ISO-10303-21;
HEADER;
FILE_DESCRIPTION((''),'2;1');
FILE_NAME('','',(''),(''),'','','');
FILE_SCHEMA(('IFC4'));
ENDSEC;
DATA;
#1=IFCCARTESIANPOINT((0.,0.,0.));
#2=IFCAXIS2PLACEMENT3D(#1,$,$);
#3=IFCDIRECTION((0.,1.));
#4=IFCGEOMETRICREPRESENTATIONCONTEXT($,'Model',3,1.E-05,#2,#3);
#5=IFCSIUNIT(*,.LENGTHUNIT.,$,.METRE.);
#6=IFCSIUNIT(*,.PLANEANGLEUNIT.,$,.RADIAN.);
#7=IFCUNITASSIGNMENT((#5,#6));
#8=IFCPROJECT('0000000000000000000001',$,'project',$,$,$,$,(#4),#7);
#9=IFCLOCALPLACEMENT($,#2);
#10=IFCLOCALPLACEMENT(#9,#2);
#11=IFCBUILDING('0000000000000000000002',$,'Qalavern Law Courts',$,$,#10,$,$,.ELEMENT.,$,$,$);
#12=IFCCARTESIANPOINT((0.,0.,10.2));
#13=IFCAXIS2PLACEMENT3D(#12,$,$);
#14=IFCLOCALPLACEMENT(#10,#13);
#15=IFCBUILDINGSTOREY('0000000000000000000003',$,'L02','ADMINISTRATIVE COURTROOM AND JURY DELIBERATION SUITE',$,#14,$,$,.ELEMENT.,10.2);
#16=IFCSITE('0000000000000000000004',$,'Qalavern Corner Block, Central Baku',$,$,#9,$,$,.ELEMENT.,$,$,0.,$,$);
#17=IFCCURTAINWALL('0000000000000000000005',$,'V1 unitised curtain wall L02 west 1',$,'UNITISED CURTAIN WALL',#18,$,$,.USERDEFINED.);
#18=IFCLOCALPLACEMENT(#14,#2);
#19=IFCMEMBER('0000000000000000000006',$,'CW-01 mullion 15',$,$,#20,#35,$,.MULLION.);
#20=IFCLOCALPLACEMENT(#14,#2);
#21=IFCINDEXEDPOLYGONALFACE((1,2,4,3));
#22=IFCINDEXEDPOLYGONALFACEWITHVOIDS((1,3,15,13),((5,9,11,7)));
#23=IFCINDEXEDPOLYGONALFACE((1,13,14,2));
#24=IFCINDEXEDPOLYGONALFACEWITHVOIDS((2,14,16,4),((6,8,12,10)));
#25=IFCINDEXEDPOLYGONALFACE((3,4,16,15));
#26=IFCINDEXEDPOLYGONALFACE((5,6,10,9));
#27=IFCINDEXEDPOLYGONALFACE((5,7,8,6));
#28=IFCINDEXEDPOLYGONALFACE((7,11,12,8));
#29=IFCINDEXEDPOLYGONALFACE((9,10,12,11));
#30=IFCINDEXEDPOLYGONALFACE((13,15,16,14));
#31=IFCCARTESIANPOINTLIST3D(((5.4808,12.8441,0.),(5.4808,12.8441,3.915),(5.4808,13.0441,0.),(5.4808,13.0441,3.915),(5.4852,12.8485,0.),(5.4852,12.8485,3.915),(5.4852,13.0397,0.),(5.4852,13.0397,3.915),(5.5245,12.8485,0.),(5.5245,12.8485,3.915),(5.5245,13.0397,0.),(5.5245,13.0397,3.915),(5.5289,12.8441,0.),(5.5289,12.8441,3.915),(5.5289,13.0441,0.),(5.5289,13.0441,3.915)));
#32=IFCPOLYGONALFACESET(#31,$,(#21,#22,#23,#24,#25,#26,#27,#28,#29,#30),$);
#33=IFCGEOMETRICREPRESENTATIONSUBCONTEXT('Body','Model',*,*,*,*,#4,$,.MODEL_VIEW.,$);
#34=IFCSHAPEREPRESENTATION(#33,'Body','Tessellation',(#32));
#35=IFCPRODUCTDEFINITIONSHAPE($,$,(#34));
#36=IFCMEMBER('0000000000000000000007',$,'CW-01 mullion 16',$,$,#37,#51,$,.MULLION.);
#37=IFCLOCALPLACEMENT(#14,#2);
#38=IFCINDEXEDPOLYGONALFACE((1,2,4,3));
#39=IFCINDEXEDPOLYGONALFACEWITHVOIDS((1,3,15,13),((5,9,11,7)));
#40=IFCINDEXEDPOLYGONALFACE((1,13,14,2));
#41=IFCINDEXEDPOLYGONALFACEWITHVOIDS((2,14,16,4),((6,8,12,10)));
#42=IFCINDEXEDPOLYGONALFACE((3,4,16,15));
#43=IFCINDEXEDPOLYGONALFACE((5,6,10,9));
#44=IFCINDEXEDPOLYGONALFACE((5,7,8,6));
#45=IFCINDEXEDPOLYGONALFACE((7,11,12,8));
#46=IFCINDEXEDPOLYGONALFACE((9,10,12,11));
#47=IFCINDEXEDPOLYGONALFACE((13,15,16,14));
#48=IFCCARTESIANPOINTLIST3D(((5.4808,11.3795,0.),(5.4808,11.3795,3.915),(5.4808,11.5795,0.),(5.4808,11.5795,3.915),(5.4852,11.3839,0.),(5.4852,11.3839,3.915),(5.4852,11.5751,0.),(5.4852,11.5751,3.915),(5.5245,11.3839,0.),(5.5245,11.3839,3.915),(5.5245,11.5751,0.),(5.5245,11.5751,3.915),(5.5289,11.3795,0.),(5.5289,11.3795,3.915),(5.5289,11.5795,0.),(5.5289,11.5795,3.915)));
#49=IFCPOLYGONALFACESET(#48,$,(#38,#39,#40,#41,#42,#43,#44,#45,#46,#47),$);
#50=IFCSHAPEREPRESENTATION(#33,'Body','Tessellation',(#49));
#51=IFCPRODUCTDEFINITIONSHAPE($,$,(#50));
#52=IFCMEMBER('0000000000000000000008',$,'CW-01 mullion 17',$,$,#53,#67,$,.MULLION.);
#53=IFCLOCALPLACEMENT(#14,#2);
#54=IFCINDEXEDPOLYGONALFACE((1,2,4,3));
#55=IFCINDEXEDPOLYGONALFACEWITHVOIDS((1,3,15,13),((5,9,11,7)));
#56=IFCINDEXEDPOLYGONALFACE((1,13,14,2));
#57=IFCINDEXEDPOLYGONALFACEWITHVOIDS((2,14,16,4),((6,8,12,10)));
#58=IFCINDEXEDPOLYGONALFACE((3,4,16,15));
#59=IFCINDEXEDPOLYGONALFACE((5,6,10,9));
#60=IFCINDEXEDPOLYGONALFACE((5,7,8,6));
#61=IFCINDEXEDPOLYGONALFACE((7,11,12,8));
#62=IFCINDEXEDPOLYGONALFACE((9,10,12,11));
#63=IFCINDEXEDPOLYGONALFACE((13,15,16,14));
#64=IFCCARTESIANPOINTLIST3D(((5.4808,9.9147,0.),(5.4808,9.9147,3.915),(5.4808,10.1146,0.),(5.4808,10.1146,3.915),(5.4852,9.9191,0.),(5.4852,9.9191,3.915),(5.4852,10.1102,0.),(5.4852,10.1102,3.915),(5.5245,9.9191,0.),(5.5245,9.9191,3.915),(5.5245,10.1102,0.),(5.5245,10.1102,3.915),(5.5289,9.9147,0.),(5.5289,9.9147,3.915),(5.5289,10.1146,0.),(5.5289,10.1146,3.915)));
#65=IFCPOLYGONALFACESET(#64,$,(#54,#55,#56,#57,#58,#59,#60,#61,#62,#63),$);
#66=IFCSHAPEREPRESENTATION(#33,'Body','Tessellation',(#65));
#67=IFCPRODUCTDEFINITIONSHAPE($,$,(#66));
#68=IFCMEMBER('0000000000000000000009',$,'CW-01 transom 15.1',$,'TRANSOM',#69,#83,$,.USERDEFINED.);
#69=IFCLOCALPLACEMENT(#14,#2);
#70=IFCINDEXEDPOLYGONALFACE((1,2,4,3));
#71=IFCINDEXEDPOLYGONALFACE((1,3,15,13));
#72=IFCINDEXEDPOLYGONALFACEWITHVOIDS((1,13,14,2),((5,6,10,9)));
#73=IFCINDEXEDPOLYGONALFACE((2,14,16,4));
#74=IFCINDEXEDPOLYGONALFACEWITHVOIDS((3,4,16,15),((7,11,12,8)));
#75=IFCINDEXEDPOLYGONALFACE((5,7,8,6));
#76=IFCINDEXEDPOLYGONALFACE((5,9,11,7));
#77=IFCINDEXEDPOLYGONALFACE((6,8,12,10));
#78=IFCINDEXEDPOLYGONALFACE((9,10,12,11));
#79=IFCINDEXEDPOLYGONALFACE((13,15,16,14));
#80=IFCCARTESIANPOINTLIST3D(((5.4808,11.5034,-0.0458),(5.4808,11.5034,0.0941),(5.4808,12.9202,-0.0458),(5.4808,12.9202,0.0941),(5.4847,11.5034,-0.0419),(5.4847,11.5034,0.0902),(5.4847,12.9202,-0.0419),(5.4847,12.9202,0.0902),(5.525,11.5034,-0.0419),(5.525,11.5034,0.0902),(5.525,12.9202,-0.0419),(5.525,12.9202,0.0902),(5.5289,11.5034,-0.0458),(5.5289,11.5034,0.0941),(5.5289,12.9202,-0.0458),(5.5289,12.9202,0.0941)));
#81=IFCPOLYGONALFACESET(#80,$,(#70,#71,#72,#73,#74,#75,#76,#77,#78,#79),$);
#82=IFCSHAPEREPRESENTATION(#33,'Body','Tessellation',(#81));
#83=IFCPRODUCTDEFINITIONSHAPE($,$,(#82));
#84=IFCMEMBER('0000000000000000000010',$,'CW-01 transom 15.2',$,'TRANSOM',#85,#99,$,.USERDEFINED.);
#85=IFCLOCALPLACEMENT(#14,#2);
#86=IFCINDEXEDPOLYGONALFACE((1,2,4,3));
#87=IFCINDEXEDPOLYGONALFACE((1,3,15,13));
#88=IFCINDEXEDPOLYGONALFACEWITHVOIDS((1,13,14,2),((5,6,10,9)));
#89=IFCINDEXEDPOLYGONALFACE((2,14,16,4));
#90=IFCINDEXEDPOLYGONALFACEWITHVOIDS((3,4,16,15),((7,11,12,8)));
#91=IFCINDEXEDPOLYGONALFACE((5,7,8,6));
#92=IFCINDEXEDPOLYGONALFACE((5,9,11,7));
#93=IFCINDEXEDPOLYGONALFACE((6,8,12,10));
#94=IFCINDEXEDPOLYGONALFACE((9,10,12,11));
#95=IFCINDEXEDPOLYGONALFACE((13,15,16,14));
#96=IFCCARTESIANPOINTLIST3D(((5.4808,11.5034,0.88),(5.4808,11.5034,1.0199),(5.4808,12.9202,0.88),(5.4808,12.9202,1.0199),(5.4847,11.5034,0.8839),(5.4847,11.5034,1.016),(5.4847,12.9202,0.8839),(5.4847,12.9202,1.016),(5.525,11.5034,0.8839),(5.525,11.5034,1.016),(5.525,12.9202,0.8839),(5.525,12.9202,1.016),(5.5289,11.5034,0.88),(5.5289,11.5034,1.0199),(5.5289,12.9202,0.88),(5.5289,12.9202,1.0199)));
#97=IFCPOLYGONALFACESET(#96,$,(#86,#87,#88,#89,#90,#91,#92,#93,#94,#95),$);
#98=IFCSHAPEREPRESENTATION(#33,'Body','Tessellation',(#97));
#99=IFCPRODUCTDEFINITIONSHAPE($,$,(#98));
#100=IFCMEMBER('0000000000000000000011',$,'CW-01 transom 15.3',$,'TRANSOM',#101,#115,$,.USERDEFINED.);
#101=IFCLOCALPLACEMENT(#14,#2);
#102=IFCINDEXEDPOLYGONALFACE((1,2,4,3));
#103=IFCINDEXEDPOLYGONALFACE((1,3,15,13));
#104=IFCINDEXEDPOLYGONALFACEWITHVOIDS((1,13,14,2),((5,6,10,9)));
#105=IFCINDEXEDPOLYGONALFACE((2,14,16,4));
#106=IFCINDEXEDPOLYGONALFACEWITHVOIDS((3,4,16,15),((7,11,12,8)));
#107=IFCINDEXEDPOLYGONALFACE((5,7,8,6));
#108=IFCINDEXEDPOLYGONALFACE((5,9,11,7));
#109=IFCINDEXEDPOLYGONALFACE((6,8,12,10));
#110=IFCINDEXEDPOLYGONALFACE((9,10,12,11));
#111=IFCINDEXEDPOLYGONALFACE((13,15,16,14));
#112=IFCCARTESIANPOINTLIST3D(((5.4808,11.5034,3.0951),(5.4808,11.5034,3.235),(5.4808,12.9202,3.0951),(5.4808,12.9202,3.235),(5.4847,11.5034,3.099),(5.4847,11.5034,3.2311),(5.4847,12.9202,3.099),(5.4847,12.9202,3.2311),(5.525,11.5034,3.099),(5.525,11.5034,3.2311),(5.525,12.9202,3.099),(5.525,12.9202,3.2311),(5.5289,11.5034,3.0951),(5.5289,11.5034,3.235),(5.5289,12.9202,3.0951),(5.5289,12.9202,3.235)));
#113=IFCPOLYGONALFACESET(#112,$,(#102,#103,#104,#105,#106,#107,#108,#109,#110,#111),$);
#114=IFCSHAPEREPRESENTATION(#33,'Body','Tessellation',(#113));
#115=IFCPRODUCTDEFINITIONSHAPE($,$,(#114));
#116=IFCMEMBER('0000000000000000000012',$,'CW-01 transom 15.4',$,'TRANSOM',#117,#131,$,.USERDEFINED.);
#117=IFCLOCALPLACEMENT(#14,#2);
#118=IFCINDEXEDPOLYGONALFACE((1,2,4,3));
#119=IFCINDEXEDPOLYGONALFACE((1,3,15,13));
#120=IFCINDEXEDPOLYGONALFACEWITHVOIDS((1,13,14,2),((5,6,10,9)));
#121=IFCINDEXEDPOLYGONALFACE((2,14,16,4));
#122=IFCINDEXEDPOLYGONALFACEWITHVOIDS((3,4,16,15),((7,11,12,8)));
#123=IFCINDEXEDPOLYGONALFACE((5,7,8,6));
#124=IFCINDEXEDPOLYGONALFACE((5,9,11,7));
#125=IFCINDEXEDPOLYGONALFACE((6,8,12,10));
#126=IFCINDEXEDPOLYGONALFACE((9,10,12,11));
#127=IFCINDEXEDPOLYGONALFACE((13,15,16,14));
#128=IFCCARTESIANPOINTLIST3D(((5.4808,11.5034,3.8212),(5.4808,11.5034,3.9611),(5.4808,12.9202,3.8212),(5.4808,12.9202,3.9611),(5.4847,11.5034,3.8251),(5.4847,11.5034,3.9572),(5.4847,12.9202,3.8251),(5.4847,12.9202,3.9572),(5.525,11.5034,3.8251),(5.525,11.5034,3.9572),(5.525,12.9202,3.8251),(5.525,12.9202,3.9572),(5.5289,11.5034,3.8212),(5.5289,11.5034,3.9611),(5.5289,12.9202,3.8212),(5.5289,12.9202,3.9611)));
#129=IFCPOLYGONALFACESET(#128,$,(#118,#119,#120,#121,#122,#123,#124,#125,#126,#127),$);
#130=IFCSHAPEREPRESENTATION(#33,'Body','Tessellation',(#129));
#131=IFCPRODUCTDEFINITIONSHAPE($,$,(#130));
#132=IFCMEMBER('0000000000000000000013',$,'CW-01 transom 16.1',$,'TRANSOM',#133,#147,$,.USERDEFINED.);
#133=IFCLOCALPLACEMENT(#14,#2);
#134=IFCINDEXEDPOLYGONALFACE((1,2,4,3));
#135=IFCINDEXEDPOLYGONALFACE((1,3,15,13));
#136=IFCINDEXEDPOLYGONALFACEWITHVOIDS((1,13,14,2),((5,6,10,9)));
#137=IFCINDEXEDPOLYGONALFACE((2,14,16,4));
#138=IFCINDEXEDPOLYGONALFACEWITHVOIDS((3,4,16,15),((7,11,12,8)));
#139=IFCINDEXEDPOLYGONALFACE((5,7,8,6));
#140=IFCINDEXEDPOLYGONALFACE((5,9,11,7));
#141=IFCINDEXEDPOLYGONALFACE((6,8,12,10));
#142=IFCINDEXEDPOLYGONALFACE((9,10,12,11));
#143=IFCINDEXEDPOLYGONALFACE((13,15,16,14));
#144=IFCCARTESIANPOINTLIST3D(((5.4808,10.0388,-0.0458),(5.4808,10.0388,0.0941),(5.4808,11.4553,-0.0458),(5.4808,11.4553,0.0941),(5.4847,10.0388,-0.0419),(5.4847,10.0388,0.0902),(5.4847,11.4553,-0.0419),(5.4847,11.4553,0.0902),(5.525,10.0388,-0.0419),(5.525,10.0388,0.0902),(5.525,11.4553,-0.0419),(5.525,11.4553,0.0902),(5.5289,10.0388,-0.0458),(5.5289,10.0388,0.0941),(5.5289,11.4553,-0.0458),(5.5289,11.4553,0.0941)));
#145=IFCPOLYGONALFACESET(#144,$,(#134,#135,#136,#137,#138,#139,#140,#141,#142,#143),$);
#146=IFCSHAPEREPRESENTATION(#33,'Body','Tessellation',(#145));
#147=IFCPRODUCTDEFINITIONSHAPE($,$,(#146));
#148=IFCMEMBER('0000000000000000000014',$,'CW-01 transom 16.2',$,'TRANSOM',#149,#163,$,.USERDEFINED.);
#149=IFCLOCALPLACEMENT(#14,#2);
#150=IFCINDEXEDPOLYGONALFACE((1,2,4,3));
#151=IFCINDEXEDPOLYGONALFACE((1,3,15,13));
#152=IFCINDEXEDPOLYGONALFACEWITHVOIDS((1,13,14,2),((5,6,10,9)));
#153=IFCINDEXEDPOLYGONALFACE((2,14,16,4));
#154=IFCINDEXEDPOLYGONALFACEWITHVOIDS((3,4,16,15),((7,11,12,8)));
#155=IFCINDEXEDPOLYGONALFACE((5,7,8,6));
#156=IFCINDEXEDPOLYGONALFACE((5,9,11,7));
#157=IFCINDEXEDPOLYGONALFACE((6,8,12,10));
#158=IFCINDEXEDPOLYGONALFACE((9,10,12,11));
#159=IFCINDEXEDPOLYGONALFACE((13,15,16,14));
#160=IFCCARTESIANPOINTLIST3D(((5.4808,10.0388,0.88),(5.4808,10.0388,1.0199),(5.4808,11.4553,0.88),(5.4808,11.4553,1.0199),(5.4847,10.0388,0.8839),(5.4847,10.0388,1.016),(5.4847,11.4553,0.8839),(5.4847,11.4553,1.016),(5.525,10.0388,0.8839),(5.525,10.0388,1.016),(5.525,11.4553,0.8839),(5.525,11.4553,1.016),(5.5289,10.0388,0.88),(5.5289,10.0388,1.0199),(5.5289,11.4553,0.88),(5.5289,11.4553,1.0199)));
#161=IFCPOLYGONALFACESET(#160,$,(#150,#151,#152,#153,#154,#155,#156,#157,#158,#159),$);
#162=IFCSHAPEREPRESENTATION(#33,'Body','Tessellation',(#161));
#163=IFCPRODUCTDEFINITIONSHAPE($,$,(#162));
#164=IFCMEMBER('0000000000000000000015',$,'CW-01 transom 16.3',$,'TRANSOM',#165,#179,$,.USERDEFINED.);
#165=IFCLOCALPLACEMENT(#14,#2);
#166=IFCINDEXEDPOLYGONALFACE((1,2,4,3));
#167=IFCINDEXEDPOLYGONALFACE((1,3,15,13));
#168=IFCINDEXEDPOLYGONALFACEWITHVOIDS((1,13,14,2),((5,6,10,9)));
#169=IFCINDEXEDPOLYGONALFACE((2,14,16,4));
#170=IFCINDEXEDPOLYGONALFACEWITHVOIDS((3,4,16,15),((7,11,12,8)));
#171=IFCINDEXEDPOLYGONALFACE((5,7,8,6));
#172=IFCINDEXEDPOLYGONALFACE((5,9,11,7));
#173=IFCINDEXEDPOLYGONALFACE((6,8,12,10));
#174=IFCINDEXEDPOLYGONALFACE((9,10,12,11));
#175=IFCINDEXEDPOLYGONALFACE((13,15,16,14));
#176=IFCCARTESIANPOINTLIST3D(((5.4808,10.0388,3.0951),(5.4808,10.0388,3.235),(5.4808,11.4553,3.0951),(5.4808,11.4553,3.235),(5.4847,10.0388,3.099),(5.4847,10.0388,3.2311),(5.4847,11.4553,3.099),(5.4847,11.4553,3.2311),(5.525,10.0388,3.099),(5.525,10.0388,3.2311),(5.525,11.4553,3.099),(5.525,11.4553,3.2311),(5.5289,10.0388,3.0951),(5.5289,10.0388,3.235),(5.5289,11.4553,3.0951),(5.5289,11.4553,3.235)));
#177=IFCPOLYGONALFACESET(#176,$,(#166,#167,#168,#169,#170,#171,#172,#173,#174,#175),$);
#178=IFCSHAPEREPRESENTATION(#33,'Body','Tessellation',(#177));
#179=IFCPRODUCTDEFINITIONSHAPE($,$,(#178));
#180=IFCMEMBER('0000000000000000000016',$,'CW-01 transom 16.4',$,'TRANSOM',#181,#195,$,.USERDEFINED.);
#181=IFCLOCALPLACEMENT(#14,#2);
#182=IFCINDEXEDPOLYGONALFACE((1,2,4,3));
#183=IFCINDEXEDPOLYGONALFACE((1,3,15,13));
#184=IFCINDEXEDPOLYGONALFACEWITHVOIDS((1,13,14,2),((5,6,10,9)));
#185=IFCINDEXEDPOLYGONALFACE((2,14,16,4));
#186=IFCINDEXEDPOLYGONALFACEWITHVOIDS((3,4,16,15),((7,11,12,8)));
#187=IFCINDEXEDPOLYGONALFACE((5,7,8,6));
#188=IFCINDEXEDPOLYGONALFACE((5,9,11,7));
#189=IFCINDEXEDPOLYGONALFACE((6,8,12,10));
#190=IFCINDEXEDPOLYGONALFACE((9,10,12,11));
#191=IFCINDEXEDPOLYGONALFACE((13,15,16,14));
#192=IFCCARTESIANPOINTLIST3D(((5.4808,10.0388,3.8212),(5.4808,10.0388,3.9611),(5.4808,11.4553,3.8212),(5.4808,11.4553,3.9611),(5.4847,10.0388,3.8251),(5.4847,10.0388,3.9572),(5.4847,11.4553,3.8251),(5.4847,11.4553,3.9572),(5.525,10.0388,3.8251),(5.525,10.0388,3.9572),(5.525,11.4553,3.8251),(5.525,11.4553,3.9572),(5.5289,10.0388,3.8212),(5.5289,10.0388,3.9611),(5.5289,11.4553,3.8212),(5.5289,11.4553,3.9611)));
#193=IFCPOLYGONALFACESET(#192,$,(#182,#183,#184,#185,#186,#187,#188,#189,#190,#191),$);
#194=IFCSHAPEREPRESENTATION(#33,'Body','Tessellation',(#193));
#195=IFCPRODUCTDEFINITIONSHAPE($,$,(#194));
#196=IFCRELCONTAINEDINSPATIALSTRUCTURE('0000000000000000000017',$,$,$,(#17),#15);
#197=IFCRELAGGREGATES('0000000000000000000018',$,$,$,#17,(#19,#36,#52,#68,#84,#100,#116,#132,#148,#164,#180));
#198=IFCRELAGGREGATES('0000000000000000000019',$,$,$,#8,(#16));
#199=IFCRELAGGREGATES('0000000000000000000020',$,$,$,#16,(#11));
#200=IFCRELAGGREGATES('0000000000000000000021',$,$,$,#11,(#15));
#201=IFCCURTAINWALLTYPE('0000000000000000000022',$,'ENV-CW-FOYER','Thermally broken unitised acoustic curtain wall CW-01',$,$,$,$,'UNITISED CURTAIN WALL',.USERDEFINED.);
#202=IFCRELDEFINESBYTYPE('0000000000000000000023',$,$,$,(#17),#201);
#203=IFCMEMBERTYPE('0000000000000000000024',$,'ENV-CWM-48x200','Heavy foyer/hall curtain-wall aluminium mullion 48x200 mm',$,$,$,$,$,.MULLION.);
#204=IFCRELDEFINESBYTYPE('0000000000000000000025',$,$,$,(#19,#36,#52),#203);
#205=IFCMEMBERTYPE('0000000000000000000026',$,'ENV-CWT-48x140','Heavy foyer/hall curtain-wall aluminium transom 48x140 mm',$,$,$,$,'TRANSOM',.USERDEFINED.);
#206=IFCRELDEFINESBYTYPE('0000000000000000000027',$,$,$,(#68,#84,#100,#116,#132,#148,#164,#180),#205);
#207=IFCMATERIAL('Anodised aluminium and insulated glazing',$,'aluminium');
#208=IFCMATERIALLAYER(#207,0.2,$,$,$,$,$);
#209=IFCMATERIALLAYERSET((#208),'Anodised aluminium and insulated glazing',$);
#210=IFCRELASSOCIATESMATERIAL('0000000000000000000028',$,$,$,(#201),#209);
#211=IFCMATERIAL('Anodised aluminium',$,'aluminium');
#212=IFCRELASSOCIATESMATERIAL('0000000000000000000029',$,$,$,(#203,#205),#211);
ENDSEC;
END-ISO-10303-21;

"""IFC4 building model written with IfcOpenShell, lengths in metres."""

from ifc_helpers import new_model, si_unit, direction, frame, origin, origin_2d, place, context, subcontext, project, spatial, hollow_rectangle, extrude, material, layer, layer_set, material_profile, profile_set, type_object, element, aggregate, save


model = new_model("IFC4")

# Units and contexts
model_context = context("Model", 3, precision=1e-05, world=origin(), true_north=direction((0.0, 1.0)))
body_context = subcontext(model_context, "Body", "Model", "MODEL_VIEW")
ifc_project = project(units=[si_unit("LENGTHUNIT", "METRE"), si_unit("PLANEANGLEUNIT", "RADIAN")], contexts=[model_context])

# Site, building, storey
site_placement = place(None, origin())
site = spatial("IfcSite", under=ifc_project, at=site_placement, Name="Qalavern Corner Block, Central Baku", CompositionType="ELEMENT", RefElevation=0.0)
building_placement = place(site_placement, origin())
building = spatial("IfcBuilding", under=site, at=building_placement, Name="Qalavern Law Courts", CompositionType="ELEMENT")
storey_placement = place(building_placement, frame((0.0, 0.0, 10.2)))
storey = spatial("IfcBuildingStorey", under=building, at=storey_placement, Name="L02", Description="ADMINISTRATIVE COURTROOM AND JURY DELIBERATION SUITE", CompositionType="ELEMENT", Elevation=10.2)

# Curtain wall, members
ifc_material_1 = material(Name="Anodised aluminium and insulated glazing", Category="aluminium")
ifc_layer_1 = layer(ifc_material_1, 0.2)
ifc_layer_set_1 = layer_set([ifc_layer_1], Name="Anodised aluminium and insulated glazing")
curtain_wall_type = type_object("IfcCurtainWallType", Name="ENV-CW-FOYER", Description="Thermally broken unitised acoustic curtain wall CW-01", ElementType="UNITISED CURTAIN WALL", PredefinedType="USERDEFINED", material=ifc_layer_set_1)
curtain_wall_placement = place(storey_placement, origin())
curtain_wall = element("IfcCurtainWall", 1, at=curtain_wall_placement, inside=storey, type_object=curtain_wall_type, Name="V1 unitised curtain wall L02 west 1", ObjectType="UNITISED CURTAIN WALL", PredefinedType="USERDEFINED")
ifc_material_2 = material(Name="Anodised aluminium", Category="aluminium")
ifc_material_profile_1 = material_profile(ifc_material_2, hollow_rectangle(XDim=0.0481, YDim=0.2, WallThickness=0.0044, at=origin_2d()), Name="ALU MULLION 48x200")
ifc_profile_set_1 = profile_set([ifc_material_profile_1], Name="Anodised aluminium")
member_type_1 = type_object("IfcMemberType", Name="ENV-CWM-48x200", Description="Heavy foyer/hall curtain-wall aluminium mullion 48x200 mm", PredefinedType="MULLION", material=ifc_profile_set_1)
member_1_placement = place(storey_placement, frame((5.5049, 12.9441, 0.0), z_axis=(0.0, 0.0, 1.0), x_axis=(1.0, 0.0, 0.0)))
member_1 = element("IfcMember", 2, at=member_1_placement, type_object=member_type_1, Name="CW-01 mullion 15", PredefinedType="MULLION", context=body_context, shape_type="SweptSolid", body=[
    extrude(hollow_rectangle(XDim=0.0481, YDim=0.2, WallThickness=0.0044, at=origin_2d()), origin(), (0.0, 0.0, 1.0), 3.915),
])
member_2_placement = place(storey_placement, frame((5.5049, 11.4795, 0.0), z_axis=(0.0, 0.0, 1.0), x_axis=(1.0, 0.0, 0.0)))
member_2 = element("IfcMember", 3, at=member_2_placement, type_object=member_type_1, Name="CW-01 mullion 16", PredefinedType="MULLION", context=body_context, shape_type="SweptSolid", body=[
    extrude(hollow_rectangle(XDim=0.0481, YDim=0.2, WallThickness=0.0044, at=origin_2d()), origin(), (0.0, 0.0, 1.0), 3.915),
])
member_3_placement = place(storey_placement, frame((5.5049, 10.0146, 0.0), z_axis=(0.0, 0.0, 1.0), x_axis=(1.0, 0.0, 0.0)))
member_3 = element("IfcMember", 4, at=member_3_placement, type_object=member_type_1, Name="CW-01 mullion 17", PredefinedType="MULLION", context=body_context, shape_type="SweptSolid", body=[
    extrude(hollow_rectangle(XDim=0.0481, YDim=0.2, WallThickness=0.0044, at=origin_2d()), origin(), (0.0, 0.0, 1.0), 3.915),
])
ifc_material_profile_2 = material_profile(ifc_material_2, hollow_rectangle(XDim=0.0481, YDim=0.1399, WallThickness=0.0039, at=origin_2d()), Name="ALU TRANSOM 48x140")
ifc_profile_set_2 = profile_set([ifc_material_profile_2], Name="Anodised aluminium")
member_type_2 = type_object("IfcMemberType", Name="ENV-CWT-48x140", Description="Heavy foyer/hall curtain-wall aluminium transom 48x140 mm", ElementType="TRANSOM", PredefinedType="USERDEFINED", material=ifc_profile_set_2)
member_4_placement = place(storey_placement, frame((5.5049, 12.9202, 0.0242), z_axis=(0.0, -1.0, 0.0), x_axis=(1.0, 0.0, 0.0)))
member_4 = element("IfcMember", 5, at=member_4_placement, type_object=member_type_2, Name="CW-01 transom 15.1", ObjectType="TRANSOM", PredefinedType="USERDEFINED", context=body_context, shape_type="SweptSolid", body=[
    extrude(hollow_rectangle(XDim=0.0481, YDim=0.1399, WallThickness=0.0039, at=origin_2d()), origin(), (0.0, 0.0, 1.0), 1.4167),
])
member_5_placement = place(storey_placement, frame((5.5049, 12.9202, 0.95), z_axis=(0.0, -1.0, 0.0), x_axis=(1.0, 0.0, 0.0)))
member_5 = element("IfcMember", 6, at=member_5_placement, type_object=member_type_2, Name="CW-01 transom 15.2", ObjectType="TRANSOM", PredefinedType="USERDEFINED", context=body_context, shape_type="SweptSolid", body=[
    extrude(hollow_rectangle(XDim=0.0481, YDim=0.1399, WallThickness=0.0039, at=origin_2d()), origin(), (0.0, 0.0, 1.0), 1.4167),
])
member_6_placement = place(storey_placement, frame((5.5049, 12.9202, 3.165), z_axis=(0.0, -1.0, 0.0), x_axis=(1.0, 0.0, 0.0)))
member_6 = element("IfcMember", 7, at=member_6_placement, type_object=member_type_2, Name="CW-01 transom 15.3", ObjectType="TRANSOM", PredefinedType="USERDEFINED", context=body_context, shape_type="SweptSolid", body=[
    extrude(hollow_rectangle(XDim=0.0481, YDim=0.1399, WallThickness=0.0039, at=origin_2d()), origin(), (0.0, 0.0, 1.0), 1.4167),
])
member_7_placement = place(storey_placement, frame((5.5049, 12.9202, 3.8911), z_axis=(0.0, -1.0, 0.0), x_axis=(1.0, 0.0, 0.0)))
member_7 = element("IfcMember", 8, at=member_7_placement, type_object=member_type_2, Name="CW-01 transom 15.4", ObjectType="TRANSOM", PredefinedType="USERDEFINED", context=body_context, shape_type="SweptSolid", body=[
    extrude(hollow_rectangle(XDim=0.0481, YDim=0.1399, WallThickness=0.0039, at=origin_2d()), origin(), (0.0, 0.0, 1.0), 1.4167),
])
member_8_placement = place(storey_placement, frame((5.5049, 11.4553, 0.0242), z_axis=(0.0, -1.0, 0.0), x_axis=(1.0, 0.0, 0.0)))
member_8 = element("IfcMember", 9, at=member_8_placement, type_object=member_type_2, Name="CW-01 transom 16.1", ObjectType="TRANSOM", PredefinedType="USERDEFINED", context=body_context, shape_type="SweptSolid", body=[
    extrude(hollow_rectangle(XDim=0.0481, YDim=0.1399, WallThickness=0.0039, at=origin_2d()), origin(), (0.0, 0.0, 1.0), 1.4165),
])
member_9_placement = place(storey_placement, frame((5.5049, 11.4553, 0.95), z_axis=(0.0, -1.0, 0.0), x_axis=(1.0, 0.0, 0.0)))
member_9 = element("IfcMember", 10, at=member_9_placement, type_object=member_type_2, Name="CW-01 transom 16.2", ObjectType="TRANSOM", PredefinedType="USERDEFINED", context=body_context, shape_type="SweptSolid", body=[
    extrude(hollow_rectangle(XDim=0.0481, YDim=0.1399, WallThickness=0.0039, at=origin_2d()), origin(), (0.0, 0.0, 1.0), 1.4165),
])
member_10_placement = place(storey_placement, frame((5.5049, 11.4553, 3.165), z_axis=(0.0, -1.0, 0.0), x_axis=(1.0, 0.0, 0.0)))
member_10 = element("IfcMember", 11, at=member_10_placement, type_object=member_type_2, Name="CW-01 transom 16.3", ObjectType="TRANSOM", PredefinedType="USERDEFINED", context=body_context, shape_type="SweptSolid", body=[
    extrude(hollow_rectangle(XDim=0.0481, YDim=0.1399, WallThickness=0.0039, at=origin_2d()), origin(), (0.0, 0.0, 1.0), 1.4165),
])
member_11_placement = place(storey_placement, frame((5.5049, 11.4553, 3.8911), z_axis=(0.0, -1.0, 0.0), x_axis=(1.0, 0.0, 0.0)))
member_11 = element("IfcMember", 12, at=member_11_placement, type_object=member_type_2, Name="CW-01 transom 16.4", ObjectType="TRANSOM", PredefinedType="USERDEFINED", context=body_context, shape_type="SweptSolid", body=[
    extrude(hollow_rectangle(XDim=0.0481, YDim=0.1399, WallThickness=0.0039, at=origin_2d()), origin(), (0.0, 0.0, 1.0), 1.4165),
])

aggregate(curtain_wall, [member_1, member_2, member_3, member_4, member_5, member_6, member_7, member_8, member_9, member_10, member_11])

save(model, "model.ifc")
